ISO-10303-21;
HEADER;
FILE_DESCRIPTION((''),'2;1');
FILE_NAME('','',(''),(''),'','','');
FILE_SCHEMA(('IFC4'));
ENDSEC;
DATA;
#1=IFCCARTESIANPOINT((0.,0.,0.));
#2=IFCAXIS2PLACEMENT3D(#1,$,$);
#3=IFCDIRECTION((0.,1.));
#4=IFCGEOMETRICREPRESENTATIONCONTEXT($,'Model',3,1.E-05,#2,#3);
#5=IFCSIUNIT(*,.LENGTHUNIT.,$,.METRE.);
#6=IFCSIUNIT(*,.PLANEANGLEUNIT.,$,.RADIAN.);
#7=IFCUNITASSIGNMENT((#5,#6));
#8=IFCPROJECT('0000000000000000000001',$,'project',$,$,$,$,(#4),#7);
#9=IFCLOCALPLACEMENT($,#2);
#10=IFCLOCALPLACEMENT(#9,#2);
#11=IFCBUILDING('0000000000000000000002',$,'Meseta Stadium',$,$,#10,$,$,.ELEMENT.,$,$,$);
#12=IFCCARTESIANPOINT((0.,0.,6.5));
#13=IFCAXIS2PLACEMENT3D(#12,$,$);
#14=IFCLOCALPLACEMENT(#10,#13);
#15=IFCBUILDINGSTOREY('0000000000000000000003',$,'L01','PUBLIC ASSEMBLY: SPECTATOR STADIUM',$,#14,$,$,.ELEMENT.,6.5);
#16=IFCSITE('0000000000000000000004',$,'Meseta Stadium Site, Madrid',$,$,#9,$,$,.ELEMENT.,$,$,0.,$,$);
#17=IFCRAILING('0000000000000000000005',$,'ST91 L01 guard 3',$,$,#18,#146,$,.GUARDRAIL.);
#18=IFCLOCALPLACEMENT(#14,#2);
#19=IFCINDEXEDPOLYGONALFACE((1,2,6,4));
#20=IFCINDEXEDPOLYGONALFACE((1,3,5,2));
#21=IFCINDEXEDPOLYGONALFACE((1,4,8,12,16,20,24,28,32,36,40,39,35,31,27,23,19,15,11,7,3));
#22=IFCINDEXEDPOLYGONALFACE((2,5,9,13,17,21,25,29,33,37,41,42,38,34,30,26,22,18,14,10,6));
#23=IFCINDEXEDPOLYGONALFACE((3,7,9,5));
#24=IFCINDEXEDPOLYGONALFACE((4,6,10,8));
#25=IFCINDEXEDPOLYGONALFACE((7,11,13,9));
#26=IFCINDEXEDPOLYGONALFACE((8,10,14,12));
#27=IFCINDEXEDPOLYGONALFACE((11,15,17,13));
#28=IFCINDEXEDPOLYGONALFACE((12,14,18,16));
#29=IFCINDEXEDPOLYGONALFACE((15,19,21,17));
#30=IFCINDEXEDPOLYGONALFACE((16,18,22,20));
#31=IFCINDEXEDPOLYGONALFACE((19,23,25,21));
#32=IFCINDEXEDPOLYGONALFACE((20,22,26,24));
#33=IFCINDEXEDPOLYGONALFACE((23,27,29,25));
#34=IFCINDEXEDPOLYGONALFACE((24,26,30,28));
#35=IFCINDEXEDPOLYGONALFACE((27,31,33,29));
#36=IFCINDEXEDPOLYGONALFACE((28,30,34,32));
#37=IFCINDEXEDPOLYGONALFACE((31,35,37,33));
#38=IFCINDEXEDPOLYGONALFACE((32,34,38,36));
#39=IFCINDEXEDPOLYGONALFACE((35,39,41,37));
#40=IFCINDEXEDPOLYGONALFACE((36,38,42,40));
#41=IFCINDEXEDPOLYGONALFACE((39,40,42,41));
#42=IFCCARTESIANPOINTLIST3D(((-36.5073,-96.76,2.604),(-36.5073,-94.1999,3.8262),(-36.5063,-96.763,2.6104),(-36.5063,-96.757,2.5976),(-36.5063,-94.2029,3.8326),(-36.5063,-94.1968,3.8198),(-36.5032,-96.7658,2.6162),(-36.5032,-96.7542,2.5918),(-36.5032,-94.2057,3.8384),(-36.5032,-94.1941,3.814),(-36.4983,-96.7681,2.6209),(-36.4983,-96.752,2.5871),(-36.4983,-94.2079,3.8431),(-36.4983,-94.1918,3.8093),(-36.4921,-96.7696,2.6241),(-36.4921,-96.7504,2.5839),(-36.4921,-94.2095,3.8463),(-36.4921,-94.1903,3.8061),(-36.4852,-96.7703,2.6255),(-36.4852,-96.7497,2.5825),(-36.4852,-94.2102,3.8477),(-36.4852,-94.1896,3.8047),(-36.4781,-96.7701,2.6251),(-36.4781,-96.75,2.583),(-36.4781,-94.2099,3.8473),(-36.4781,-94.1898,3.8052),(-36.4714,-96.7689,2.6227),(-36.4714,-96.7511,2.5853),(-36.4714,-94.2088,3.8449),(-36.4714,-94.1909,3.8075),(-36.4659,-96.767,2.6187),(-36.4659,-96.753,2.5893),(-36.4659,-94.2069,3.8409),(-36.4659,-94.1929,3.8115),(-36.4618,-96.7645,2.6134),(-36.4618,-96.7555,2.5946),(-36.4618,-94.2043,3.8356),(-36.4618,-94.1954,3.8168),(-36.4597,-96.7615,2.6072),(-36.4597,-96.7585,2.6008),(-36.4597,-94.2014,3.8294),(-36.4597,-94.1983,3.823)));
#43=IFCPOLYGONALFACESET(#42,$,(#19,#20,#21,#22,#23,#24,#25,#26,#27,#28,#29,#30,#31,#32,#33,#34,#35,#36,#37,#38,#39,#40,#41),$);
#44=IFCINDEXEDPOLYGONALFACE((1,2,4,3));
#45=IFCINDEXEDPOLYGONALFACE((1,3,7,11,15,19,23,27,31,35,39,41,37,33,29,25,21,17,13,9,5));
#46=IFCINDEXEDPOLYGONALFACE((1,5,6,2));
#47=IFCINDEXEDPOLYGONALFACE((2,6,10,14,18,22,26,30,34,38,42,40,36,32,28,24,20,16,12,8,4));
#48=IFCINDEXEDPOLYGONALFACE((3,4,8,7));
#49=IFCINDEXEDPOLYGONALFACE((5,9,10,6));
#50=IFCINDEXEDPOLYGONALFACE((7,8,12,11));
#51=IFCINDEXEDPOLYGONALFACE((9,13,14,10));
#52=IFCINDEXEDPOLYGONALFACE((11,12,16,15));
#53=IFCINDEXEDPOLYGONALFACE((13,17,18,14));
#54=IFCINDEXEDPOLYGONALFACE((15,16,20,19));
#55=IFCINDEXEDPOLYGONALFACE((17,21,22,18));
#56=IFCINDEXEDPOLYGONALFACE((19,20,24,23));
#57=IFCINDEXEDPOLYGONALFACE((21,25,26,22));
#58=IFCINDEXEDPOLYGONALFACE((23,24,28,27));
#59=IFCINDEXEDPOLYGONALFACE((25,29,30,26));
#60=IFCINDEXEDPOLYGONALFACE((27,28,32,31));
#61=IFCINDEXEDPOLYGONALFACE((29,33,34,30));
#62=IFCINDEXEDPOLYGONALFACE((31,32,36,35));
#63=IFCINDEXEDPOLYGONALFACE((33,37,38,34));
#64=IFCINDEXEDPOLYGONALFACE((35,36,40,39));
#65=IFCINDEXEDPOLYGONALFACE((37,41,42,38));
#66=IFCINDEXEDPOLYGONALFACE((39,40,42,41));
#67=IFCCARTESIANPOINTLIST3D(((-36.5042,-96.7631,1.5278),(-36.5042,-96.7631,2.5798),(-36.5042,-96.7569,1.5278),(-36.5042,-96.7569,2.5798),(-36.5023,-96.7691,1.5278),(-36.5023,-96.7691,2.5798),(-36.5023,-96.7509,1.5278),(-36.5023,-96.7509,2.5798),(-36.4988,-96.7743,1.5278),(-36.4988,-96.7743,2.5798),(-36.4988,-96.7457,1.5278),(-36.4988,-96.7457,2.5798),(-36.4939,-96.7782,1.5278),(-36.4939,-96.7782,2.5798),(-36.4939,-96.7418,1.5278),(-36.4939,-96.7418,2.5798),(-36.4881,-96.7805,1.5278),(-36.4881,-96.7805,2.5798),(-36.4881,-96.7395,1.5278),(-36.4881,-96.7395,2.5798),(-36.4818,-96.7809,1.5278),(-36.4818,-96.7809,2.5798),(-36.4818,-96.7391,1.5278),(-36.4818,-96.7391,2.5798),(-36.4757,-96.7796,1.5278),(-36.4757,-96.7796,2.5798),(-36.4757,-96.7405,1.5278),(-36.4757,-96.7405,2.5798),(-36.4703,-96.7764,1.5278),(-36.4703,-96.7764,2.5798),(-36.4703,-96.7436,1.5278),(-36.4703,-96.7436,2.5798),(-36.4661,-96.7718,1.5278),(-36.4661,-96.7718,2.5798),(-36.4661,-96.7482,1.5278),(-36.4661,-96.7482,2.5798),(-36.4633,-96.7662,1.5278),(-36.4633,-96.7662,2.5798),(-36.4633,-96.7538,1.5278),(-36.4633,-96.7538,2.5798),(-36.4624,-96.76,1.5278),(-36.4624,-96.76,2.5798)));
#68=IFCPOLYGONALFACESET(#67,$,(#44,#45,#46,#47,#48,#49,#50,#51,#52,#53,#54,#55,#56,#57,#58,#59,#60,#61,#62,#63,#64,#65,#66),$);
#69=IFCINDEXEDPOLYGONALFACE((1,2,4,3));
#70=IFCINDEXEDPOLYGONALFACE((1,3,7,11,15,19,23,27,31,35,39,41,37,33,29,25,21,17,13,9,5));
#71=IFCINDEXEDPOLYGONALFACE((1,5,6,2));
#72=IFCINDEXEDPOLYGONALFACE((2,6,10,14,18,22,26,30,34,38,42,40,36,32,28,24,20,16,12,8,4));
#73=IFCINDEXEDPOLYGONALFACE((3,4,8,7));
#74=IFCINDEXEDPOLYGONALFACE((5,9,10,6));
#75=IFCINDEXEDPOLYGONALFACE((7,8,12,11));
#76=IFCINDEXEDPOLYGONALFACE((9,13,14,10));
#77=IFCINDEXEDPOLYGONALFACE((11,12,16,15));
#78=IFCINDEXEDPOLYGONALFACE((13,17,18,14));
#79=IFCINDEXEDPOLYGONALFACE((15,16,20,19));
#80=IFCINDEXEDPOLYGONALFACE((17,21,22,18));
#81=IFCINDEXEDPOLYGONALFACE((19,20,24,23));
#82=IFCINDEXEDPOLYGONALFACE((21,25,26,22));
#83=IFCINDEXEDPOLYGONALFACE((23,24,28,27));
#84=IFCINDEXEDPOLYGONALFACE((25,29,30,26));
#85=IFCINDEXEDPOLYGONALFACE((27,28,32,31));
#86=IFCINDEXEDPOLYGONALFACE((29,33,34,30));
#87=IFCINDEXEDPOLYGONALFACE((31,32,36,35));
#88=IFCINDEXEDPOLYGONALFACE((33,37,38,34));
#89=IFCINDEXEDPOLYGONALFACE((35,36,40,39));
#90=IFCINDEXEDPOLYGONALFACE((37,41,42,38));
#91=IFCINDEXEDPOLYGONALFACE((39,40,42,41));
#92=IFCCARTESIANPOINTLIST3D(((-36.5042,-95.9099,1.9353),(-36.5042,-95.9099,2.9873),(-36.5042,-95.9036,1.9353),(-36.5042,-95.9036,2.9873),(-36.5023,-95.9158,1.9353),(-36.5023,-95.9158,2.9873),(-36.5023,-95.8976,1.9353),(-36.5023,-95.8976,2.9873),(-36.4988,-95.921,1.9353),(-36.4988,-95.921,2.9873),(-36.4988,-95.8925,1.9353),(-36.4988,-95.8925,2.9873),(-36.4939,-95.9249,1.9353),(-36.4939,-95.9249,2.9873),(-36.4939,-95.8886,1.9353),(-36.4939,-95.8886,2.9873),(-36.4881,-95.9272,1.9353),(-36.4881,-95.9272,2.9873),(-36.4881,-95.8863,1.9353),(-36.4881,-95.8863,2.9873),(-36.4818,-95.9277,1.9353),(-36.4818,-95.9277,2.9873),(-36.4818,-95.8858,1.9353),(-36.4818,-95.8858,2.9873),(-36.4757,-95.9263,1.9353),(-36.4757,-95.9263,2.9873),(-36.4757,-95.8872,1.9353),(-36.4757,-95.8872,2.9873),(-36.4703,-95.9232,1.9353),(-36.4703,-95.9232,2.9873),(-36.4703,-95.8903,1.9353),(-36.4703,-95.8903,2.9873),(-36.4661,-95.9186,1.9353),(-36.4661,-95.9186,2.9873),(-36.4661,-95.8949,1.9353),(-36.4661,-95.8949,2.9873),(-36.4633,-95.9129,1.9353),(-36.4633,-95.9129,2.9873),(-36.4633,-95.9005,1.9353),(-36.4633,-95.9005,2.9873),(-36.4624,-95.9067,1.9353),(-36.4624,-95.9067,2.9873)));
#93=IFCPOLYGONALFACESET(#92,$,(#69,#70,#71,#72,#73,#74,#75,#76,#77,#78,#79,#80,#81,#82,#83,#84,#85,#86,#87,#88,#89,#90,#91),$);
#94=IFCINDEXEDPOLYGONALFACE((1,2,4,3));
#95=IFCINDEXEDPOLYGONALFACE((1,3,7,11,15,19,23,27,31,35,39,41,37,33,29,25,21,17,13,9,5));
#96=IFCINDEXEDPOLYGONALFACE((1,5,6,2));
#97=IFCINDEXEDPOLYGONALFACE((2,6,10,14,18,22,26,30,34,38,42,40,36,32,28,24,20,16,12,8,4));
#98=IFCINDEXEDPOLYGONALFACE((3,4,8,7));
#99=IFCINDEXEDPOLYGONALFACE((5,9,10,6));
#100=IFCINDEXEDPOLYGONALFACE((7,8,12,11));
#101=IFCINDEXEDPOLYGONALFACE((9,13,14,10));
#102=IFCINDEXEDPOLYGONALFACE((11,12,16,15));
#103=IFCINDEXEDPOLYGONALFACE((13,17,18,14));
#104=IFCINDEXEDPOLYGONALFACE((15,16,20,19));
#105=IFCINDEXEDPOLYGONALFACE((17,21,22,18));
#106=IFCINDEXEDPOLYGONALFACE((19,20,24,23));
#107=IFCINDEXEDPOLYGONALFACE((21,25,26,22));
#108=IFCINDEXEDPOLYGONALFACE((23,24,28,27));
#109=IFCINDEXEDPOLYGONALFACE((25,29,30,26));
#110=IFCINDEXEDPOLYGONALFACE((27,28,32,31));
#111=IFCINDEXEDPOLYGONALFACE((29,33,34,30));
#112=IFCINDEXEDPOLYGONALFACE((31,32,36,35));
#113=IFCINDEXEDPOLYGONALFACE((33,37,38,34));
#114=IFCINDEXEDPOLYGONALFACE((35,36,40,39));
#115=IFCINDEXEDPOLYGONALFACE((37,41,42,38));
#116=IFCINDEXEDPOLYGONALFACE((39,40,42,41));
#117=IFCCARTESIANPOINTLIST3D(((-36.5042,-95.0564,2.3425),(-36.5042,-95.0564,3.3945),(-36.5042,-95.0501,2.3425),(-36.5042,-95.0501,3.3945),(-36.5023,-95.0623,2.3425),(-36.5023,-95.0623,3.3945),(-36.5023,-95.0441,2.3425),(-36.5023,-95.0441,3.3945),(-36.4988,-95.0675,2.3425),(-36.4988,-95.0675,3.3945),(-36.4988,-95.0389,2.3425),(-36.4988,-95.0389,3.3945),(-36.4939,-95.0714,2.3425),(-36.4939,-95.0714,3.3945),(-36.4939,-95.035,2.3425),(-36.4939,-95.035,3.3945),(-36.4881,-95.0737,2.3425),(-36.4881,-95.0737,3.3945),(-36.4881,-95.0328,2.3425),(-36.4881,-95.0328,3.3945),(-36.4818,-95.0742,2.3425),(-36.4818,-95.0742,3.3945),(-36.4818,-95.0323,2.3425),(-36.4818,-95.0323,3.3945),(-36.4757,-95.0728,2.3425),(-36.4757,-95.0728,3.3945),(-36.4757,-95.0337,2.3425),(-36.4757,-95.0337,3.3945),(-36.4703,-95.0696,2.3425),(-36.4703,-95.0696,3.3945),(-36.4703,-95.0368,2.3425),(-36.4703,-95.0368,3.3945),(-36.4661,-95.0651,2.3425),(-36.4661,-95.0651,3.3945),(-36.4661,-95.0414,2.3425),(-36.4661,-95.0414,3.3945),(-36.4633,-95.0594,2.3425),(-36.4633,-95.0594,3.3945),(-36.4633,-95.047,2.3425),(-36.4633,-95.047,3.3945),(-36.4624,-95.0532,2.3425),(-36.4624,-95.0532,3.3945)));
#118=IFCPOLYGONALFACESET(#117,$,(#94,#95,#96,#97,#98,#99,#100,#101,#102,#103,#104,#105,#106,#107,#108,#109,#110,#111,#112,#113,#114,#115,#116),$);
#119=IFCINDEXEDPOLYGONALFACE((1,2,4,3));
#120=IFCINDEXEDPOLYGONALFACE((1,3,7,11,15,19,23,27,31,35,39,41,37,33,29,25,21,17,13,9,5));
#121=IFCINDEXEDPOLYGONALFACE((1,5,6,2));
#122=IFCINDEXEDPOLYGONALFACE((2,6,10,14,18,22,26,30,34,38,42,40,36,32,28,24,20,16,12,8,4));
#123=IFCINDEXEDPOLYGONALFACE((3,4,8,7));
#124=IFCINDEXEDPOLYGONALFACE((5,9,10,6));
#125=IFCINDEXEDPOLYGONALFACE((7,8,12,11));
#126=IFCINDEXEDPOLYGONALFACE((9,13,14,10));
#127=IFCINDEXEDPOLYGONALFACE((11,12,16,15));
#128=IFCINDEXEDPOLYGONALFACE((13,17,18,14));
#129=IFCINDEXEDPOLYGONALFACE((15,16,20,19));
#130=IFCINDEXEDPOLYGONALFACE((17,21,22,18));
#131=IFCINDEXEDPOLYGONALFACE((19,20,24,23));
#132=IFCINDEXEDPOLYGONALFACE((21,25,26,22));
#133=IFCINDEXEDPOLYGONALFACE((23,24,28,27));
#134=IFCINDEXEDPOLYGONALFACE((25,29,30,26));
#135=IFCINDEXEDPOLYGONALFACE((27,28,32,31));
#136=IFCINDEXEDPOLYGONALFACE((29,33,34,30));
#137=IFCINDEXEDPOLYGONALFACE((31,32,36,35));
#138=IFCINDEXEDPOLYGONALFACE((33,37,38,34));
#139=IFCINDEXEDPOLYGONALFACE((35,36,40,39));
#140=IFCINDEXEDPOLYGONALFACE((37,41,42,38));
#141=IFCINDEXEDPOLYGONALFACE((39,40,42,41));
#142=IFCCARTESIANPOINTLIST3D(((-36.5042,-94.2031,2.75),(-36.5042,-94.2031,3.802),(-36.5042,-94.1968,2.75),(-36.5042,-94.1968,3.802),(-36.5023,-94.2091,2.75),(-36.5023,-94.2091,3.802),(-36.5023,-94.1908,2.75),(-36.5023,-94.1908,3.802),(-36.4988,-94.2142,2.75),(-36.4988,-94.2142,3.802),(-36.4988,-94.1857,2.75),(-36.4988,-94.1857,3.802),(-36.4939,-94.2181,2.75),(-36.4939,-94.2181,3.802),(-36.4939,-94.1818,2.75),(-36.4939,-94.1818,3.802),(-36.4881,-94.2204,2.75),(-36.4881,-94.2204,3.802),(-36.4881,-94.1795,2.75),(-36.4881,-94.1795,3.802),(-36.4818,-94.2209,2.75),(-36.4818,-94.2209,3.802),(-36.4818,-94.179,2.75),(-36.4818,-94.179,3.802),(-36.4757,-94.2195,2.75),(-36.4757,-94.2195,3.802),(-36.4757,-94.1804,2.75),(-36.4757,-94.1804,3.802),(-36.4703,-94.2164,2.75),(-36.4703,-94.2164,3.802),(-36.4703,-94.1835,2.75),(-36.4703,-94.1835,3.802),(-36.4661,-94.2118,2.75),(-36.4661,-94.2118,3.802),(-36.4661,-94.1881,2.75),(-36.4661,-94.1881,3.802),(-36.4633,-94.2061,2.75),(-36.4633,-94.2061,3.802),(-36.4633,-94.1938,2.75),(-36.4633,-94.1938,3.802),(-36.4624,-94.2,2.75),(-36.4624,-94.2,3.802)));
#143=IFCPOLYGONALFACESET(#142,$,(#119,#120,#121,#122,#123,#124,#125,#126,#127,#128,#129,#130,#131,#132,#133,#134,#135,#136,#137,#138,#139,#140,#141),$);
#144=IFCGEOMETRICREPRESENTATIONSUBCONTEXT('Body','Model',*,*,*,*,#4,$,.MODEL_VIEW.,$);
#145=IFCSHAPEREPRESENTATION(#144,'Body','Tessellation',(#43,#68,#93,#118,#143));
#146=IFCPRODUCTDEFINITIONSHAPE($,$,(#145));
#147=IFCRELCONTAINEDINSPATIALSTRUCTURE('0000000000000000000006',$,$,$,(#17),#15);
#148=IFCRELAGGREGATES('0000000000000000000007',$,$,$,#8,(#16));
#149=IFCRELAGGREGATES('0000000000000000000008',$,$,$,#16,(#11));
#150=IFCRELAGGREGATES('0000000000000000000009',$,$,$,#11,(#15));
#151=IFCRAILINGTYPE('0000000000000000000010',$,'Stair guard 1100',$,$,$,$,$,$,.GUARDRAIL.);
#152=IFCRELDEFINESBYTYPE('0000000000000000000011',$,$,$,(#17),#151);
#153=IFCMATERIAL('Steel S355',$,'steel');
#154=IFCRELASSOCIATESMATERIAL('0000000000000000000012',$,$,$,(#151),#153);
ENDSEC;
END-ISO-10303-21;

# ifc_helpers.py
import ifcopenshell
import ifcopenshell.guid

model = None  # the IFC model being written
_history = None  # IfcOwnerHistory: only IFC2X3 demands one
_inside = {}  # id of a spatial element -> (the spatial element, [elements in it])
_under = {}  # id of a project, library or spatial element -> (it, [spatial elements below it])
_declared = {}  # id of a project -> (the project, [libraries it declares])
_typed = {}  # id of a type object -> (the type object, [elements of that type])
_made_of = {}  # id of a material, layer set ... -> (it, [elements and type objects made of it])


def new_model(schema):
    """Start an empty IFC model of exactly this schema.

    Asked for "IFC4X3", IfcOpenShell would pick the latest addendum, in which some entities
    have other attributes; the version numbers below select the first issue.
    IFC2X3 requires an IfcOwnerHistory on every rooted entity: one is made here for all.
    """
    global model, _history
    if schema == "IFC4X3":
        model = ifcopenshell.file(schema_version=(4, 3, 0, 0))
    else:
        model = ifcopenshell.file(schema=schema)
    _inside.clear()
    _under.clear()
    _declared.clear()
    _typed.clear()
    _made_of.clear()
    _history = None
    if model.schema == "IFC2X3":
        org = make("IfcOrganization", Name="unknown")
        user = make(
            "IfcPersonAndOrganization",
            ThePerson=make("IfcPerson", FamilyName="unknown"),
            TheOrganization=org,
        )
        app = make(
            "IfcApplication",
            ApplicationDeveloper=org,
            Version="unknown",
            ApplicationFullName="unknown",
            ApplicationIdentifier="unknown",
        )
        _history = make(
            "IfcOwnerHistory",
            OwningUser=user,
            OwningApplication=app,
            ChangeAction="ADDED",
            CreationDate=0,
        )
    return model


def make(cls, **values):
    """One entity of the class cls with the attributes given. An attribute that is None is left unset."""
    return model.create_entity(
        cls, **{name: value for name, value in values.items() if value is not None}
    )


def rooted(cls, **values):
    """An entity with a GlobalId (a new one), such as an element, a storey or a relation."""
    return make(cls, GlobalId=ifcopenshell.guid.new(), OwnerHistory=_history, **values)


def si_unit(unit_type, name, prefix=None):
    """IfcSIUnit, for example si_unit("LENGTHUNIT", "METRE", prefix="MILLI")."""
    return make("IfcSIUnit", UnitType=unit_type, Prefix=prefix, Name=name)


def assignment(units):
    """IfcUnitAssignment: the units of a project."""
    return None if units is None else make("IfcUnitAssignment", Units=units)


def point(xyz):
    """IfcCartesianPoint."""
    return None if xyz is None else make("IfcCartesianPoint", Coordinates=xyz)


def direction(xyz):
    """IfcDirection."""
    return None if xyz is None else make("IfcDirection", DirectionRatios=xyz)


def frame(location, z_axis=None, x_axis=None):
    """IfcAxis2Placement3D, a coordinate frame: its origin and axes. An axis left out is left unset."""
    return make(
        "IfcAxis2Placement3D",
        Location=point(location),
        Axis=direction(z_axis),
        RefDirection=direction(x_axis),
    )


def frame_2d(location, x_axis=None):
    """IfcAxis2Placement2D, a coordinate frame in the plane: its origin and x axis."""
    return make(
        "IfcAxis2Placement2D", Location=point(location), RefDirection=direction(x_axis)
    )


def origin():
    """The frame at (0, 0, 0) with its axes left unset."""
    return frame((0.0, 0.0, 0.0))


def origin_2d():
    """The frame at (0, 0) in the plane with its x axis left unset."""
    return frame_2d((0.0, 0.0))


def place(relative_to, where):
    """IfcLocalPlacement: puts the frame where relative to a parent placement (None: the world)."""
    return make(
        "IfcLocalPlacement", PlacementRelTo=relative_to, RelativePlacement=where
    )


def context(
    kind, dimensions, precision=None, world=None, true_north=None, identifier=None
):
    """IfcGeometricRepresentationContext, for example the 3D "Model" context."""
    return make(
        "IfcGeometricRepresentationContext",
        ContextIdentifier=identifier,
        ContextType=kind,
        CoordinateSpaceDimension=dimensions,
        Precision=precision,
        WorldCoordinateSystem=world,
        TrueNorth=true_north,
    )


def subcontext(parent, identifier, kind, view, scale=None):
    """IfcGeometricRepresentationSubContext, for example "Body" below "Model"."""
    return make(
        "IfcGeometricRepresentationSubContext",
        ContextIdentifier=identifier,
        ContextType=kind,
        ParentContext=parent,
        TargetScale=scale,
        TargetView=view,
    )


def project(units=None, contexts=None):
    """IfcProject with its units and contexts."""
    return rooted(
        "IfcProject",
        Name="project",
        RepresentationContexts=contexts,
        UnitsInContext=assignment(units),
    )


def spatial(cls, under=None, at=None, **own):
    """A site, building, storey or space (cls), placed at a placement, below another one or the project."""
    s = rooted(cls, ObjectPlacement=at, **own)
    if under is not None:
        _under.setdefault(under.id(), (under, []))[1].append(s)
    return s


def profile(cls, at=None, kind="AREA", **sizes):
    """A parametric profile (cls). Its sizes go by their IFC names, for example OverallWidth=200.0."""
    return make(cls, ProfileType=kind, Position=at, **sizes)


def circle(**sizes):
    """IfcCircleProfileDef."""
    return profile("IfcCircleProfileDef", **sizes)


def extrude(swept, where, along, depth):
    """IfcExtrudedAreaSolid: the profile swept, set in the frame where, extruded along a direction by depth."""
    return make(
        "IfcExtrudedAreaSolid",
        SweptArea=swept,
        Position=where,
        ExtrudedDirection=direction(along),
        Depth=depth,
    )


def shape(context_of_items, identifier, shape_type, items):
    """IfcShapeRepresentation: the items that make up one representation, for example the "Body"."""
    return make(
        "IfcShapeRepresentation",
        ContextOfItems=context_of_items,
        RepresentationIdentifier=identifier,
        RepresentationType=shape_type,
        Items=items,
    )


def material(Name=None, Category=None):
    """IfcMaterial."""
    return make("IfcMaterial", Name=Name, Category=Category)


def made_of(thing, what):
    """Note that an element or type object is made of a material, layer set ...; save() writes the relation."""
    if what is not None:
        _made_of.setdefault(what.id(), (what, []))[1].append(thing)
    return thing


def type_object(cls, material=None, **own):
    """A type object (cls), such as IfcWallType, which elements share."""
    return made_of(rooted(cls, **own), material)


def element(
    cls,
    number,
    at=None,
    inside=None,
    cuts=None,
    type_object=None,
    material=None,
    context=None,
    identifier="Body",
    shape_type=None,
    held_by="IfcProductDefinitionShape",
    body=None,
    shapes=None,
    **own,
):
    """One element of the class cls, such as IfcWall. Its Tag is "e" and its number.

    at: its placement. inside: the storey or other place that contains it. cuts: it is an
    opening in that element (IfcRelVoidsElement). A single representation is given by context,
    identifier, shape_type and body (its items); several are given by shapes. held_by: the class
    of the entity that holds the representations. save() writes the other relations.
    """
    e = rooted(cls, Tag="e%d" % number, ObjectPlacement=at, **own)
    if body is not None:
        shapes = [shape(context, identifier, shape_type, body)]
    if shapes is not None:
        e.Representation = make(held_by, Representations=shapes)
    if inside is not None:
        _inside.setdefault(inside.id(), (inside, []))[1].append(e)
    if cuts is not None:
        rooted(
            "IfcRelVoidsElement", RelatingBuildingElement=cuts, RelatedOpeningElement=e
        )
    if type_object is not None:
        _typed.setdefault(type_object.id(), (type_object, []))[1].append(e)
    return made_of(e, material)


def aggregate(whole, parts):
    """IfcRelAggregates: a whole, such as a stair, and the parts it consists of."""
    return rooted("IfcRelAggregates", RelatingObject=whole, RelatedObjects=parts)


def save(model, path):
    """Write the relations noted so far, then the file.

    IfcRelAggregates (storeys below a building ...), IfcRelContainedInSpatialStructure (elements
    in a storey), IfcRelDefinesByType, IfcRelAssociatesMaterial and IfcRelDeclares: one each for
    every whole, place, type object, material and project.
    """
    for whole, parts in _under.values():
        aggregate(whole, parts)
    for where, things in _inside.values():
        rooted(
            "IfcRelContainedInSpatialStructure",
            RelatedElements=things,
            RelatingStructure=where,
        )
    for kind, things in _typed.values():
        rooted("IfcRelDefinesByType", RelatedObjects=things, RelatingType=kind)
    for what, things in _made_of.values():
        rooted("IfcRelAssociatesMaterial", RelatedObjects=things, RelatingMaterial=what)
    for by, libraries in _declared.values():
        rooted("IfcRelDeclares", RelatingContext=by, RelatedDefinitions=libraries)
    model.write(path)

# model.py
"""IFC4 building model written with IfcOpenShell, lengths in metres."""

from ifc_helpers import new_model, si_unit, direction, frame, origin, origin_2d, place, context, subcontext, project, spatial, circle, extrude, material, type_object, element, save


model = new_model("IFC4")

# Units and contexts
model_context = context("Model", 3, precision=1e-05, world=origin(), true_north=direction((0.0, 1.0)))
body_context = subcontext(model_context, "Body", "Model", "MODEL_VIEW")
ifc_project = project(units=[si_unit("LENGTHUNIT", "METRE"), si_unit("PLANEANGLEUNIT", "RADIAN")], contexts=[model_context])

# Site, building, storey
site_placement = place(None, origin())
site = spatial("IfcSite", under=ifc_project, at=site_placement, Name="Meseta Stadium Site, Madrid", CompositionType="ELEMENT", RefElevation=0.0)
building_placement = place(site_placement, origin())
building = spatial("IfcBuilding", under=site, at=building_placement, Name="Meseta Stadium", CompositionType="ELEMENT")
storey_placement = place(building_placement, frame((0.0, 0.0, 6.5)))
storey = spatial("IfcBuildingStorey", under=building, at=storey_placement, Name="L01", Description="PUBLIC ASSEMBLY: SPECTATOR STADIUM", CompositionType="ELEMENT", Elevation=6.5)

# Railing
ifc_material_1 = material(Name="Steel S355", Category="steel")
railing_type_1 = type_object("IfcRailingType", Name="Stair guard 1100", PredefinedType="GUARDRAIL", material=ifc_material_1)
railing_1_placement = place(storey_placement, frame((-36.4834, -96.76, 1.5278)))
element("IfcRailing", 1, at=railing_1_placement, inside=storey, type_object=railing_type_1, Name="ST91 L01 guard 3", PredefinedType="GUARDRAIL", context=body_context, shape_type="SweptSolid", body=[
    extrude(circle(Radius=0.0239, at=origin_2d()), frame((0.0, 0.0, 1.0762), z_axis=(0.0, 0.902437, 0.430822), x_axis=(-1.0, 0.0, 0.0)), (0.0, 0.0, 1.0), 2.8369),
    extrude(circle(Radius=0.021, at=origin_2d()), origin(), (0.0, 0.0, 1.0), 1.052),
    extrude(circle(Radius=0.021, at=origin_2d()), frame((0.0, 0.8533, 0.4075)), (0.0, 0.0, 1.0), 1.052),
    extrude(circle(Radius=0.021, at=origin_2d()), frame((0.0, 1.7068, 0.8147)), (0.0, 0.0, 1.0), 1.052),
    extrude(circle(Radius=0.021, at=origin_2d()), frame((0.0, 2.5601, 1.2222)), (0.0, 0.0, 1.0), 1.052),
])

save(model, "model.ifc")
